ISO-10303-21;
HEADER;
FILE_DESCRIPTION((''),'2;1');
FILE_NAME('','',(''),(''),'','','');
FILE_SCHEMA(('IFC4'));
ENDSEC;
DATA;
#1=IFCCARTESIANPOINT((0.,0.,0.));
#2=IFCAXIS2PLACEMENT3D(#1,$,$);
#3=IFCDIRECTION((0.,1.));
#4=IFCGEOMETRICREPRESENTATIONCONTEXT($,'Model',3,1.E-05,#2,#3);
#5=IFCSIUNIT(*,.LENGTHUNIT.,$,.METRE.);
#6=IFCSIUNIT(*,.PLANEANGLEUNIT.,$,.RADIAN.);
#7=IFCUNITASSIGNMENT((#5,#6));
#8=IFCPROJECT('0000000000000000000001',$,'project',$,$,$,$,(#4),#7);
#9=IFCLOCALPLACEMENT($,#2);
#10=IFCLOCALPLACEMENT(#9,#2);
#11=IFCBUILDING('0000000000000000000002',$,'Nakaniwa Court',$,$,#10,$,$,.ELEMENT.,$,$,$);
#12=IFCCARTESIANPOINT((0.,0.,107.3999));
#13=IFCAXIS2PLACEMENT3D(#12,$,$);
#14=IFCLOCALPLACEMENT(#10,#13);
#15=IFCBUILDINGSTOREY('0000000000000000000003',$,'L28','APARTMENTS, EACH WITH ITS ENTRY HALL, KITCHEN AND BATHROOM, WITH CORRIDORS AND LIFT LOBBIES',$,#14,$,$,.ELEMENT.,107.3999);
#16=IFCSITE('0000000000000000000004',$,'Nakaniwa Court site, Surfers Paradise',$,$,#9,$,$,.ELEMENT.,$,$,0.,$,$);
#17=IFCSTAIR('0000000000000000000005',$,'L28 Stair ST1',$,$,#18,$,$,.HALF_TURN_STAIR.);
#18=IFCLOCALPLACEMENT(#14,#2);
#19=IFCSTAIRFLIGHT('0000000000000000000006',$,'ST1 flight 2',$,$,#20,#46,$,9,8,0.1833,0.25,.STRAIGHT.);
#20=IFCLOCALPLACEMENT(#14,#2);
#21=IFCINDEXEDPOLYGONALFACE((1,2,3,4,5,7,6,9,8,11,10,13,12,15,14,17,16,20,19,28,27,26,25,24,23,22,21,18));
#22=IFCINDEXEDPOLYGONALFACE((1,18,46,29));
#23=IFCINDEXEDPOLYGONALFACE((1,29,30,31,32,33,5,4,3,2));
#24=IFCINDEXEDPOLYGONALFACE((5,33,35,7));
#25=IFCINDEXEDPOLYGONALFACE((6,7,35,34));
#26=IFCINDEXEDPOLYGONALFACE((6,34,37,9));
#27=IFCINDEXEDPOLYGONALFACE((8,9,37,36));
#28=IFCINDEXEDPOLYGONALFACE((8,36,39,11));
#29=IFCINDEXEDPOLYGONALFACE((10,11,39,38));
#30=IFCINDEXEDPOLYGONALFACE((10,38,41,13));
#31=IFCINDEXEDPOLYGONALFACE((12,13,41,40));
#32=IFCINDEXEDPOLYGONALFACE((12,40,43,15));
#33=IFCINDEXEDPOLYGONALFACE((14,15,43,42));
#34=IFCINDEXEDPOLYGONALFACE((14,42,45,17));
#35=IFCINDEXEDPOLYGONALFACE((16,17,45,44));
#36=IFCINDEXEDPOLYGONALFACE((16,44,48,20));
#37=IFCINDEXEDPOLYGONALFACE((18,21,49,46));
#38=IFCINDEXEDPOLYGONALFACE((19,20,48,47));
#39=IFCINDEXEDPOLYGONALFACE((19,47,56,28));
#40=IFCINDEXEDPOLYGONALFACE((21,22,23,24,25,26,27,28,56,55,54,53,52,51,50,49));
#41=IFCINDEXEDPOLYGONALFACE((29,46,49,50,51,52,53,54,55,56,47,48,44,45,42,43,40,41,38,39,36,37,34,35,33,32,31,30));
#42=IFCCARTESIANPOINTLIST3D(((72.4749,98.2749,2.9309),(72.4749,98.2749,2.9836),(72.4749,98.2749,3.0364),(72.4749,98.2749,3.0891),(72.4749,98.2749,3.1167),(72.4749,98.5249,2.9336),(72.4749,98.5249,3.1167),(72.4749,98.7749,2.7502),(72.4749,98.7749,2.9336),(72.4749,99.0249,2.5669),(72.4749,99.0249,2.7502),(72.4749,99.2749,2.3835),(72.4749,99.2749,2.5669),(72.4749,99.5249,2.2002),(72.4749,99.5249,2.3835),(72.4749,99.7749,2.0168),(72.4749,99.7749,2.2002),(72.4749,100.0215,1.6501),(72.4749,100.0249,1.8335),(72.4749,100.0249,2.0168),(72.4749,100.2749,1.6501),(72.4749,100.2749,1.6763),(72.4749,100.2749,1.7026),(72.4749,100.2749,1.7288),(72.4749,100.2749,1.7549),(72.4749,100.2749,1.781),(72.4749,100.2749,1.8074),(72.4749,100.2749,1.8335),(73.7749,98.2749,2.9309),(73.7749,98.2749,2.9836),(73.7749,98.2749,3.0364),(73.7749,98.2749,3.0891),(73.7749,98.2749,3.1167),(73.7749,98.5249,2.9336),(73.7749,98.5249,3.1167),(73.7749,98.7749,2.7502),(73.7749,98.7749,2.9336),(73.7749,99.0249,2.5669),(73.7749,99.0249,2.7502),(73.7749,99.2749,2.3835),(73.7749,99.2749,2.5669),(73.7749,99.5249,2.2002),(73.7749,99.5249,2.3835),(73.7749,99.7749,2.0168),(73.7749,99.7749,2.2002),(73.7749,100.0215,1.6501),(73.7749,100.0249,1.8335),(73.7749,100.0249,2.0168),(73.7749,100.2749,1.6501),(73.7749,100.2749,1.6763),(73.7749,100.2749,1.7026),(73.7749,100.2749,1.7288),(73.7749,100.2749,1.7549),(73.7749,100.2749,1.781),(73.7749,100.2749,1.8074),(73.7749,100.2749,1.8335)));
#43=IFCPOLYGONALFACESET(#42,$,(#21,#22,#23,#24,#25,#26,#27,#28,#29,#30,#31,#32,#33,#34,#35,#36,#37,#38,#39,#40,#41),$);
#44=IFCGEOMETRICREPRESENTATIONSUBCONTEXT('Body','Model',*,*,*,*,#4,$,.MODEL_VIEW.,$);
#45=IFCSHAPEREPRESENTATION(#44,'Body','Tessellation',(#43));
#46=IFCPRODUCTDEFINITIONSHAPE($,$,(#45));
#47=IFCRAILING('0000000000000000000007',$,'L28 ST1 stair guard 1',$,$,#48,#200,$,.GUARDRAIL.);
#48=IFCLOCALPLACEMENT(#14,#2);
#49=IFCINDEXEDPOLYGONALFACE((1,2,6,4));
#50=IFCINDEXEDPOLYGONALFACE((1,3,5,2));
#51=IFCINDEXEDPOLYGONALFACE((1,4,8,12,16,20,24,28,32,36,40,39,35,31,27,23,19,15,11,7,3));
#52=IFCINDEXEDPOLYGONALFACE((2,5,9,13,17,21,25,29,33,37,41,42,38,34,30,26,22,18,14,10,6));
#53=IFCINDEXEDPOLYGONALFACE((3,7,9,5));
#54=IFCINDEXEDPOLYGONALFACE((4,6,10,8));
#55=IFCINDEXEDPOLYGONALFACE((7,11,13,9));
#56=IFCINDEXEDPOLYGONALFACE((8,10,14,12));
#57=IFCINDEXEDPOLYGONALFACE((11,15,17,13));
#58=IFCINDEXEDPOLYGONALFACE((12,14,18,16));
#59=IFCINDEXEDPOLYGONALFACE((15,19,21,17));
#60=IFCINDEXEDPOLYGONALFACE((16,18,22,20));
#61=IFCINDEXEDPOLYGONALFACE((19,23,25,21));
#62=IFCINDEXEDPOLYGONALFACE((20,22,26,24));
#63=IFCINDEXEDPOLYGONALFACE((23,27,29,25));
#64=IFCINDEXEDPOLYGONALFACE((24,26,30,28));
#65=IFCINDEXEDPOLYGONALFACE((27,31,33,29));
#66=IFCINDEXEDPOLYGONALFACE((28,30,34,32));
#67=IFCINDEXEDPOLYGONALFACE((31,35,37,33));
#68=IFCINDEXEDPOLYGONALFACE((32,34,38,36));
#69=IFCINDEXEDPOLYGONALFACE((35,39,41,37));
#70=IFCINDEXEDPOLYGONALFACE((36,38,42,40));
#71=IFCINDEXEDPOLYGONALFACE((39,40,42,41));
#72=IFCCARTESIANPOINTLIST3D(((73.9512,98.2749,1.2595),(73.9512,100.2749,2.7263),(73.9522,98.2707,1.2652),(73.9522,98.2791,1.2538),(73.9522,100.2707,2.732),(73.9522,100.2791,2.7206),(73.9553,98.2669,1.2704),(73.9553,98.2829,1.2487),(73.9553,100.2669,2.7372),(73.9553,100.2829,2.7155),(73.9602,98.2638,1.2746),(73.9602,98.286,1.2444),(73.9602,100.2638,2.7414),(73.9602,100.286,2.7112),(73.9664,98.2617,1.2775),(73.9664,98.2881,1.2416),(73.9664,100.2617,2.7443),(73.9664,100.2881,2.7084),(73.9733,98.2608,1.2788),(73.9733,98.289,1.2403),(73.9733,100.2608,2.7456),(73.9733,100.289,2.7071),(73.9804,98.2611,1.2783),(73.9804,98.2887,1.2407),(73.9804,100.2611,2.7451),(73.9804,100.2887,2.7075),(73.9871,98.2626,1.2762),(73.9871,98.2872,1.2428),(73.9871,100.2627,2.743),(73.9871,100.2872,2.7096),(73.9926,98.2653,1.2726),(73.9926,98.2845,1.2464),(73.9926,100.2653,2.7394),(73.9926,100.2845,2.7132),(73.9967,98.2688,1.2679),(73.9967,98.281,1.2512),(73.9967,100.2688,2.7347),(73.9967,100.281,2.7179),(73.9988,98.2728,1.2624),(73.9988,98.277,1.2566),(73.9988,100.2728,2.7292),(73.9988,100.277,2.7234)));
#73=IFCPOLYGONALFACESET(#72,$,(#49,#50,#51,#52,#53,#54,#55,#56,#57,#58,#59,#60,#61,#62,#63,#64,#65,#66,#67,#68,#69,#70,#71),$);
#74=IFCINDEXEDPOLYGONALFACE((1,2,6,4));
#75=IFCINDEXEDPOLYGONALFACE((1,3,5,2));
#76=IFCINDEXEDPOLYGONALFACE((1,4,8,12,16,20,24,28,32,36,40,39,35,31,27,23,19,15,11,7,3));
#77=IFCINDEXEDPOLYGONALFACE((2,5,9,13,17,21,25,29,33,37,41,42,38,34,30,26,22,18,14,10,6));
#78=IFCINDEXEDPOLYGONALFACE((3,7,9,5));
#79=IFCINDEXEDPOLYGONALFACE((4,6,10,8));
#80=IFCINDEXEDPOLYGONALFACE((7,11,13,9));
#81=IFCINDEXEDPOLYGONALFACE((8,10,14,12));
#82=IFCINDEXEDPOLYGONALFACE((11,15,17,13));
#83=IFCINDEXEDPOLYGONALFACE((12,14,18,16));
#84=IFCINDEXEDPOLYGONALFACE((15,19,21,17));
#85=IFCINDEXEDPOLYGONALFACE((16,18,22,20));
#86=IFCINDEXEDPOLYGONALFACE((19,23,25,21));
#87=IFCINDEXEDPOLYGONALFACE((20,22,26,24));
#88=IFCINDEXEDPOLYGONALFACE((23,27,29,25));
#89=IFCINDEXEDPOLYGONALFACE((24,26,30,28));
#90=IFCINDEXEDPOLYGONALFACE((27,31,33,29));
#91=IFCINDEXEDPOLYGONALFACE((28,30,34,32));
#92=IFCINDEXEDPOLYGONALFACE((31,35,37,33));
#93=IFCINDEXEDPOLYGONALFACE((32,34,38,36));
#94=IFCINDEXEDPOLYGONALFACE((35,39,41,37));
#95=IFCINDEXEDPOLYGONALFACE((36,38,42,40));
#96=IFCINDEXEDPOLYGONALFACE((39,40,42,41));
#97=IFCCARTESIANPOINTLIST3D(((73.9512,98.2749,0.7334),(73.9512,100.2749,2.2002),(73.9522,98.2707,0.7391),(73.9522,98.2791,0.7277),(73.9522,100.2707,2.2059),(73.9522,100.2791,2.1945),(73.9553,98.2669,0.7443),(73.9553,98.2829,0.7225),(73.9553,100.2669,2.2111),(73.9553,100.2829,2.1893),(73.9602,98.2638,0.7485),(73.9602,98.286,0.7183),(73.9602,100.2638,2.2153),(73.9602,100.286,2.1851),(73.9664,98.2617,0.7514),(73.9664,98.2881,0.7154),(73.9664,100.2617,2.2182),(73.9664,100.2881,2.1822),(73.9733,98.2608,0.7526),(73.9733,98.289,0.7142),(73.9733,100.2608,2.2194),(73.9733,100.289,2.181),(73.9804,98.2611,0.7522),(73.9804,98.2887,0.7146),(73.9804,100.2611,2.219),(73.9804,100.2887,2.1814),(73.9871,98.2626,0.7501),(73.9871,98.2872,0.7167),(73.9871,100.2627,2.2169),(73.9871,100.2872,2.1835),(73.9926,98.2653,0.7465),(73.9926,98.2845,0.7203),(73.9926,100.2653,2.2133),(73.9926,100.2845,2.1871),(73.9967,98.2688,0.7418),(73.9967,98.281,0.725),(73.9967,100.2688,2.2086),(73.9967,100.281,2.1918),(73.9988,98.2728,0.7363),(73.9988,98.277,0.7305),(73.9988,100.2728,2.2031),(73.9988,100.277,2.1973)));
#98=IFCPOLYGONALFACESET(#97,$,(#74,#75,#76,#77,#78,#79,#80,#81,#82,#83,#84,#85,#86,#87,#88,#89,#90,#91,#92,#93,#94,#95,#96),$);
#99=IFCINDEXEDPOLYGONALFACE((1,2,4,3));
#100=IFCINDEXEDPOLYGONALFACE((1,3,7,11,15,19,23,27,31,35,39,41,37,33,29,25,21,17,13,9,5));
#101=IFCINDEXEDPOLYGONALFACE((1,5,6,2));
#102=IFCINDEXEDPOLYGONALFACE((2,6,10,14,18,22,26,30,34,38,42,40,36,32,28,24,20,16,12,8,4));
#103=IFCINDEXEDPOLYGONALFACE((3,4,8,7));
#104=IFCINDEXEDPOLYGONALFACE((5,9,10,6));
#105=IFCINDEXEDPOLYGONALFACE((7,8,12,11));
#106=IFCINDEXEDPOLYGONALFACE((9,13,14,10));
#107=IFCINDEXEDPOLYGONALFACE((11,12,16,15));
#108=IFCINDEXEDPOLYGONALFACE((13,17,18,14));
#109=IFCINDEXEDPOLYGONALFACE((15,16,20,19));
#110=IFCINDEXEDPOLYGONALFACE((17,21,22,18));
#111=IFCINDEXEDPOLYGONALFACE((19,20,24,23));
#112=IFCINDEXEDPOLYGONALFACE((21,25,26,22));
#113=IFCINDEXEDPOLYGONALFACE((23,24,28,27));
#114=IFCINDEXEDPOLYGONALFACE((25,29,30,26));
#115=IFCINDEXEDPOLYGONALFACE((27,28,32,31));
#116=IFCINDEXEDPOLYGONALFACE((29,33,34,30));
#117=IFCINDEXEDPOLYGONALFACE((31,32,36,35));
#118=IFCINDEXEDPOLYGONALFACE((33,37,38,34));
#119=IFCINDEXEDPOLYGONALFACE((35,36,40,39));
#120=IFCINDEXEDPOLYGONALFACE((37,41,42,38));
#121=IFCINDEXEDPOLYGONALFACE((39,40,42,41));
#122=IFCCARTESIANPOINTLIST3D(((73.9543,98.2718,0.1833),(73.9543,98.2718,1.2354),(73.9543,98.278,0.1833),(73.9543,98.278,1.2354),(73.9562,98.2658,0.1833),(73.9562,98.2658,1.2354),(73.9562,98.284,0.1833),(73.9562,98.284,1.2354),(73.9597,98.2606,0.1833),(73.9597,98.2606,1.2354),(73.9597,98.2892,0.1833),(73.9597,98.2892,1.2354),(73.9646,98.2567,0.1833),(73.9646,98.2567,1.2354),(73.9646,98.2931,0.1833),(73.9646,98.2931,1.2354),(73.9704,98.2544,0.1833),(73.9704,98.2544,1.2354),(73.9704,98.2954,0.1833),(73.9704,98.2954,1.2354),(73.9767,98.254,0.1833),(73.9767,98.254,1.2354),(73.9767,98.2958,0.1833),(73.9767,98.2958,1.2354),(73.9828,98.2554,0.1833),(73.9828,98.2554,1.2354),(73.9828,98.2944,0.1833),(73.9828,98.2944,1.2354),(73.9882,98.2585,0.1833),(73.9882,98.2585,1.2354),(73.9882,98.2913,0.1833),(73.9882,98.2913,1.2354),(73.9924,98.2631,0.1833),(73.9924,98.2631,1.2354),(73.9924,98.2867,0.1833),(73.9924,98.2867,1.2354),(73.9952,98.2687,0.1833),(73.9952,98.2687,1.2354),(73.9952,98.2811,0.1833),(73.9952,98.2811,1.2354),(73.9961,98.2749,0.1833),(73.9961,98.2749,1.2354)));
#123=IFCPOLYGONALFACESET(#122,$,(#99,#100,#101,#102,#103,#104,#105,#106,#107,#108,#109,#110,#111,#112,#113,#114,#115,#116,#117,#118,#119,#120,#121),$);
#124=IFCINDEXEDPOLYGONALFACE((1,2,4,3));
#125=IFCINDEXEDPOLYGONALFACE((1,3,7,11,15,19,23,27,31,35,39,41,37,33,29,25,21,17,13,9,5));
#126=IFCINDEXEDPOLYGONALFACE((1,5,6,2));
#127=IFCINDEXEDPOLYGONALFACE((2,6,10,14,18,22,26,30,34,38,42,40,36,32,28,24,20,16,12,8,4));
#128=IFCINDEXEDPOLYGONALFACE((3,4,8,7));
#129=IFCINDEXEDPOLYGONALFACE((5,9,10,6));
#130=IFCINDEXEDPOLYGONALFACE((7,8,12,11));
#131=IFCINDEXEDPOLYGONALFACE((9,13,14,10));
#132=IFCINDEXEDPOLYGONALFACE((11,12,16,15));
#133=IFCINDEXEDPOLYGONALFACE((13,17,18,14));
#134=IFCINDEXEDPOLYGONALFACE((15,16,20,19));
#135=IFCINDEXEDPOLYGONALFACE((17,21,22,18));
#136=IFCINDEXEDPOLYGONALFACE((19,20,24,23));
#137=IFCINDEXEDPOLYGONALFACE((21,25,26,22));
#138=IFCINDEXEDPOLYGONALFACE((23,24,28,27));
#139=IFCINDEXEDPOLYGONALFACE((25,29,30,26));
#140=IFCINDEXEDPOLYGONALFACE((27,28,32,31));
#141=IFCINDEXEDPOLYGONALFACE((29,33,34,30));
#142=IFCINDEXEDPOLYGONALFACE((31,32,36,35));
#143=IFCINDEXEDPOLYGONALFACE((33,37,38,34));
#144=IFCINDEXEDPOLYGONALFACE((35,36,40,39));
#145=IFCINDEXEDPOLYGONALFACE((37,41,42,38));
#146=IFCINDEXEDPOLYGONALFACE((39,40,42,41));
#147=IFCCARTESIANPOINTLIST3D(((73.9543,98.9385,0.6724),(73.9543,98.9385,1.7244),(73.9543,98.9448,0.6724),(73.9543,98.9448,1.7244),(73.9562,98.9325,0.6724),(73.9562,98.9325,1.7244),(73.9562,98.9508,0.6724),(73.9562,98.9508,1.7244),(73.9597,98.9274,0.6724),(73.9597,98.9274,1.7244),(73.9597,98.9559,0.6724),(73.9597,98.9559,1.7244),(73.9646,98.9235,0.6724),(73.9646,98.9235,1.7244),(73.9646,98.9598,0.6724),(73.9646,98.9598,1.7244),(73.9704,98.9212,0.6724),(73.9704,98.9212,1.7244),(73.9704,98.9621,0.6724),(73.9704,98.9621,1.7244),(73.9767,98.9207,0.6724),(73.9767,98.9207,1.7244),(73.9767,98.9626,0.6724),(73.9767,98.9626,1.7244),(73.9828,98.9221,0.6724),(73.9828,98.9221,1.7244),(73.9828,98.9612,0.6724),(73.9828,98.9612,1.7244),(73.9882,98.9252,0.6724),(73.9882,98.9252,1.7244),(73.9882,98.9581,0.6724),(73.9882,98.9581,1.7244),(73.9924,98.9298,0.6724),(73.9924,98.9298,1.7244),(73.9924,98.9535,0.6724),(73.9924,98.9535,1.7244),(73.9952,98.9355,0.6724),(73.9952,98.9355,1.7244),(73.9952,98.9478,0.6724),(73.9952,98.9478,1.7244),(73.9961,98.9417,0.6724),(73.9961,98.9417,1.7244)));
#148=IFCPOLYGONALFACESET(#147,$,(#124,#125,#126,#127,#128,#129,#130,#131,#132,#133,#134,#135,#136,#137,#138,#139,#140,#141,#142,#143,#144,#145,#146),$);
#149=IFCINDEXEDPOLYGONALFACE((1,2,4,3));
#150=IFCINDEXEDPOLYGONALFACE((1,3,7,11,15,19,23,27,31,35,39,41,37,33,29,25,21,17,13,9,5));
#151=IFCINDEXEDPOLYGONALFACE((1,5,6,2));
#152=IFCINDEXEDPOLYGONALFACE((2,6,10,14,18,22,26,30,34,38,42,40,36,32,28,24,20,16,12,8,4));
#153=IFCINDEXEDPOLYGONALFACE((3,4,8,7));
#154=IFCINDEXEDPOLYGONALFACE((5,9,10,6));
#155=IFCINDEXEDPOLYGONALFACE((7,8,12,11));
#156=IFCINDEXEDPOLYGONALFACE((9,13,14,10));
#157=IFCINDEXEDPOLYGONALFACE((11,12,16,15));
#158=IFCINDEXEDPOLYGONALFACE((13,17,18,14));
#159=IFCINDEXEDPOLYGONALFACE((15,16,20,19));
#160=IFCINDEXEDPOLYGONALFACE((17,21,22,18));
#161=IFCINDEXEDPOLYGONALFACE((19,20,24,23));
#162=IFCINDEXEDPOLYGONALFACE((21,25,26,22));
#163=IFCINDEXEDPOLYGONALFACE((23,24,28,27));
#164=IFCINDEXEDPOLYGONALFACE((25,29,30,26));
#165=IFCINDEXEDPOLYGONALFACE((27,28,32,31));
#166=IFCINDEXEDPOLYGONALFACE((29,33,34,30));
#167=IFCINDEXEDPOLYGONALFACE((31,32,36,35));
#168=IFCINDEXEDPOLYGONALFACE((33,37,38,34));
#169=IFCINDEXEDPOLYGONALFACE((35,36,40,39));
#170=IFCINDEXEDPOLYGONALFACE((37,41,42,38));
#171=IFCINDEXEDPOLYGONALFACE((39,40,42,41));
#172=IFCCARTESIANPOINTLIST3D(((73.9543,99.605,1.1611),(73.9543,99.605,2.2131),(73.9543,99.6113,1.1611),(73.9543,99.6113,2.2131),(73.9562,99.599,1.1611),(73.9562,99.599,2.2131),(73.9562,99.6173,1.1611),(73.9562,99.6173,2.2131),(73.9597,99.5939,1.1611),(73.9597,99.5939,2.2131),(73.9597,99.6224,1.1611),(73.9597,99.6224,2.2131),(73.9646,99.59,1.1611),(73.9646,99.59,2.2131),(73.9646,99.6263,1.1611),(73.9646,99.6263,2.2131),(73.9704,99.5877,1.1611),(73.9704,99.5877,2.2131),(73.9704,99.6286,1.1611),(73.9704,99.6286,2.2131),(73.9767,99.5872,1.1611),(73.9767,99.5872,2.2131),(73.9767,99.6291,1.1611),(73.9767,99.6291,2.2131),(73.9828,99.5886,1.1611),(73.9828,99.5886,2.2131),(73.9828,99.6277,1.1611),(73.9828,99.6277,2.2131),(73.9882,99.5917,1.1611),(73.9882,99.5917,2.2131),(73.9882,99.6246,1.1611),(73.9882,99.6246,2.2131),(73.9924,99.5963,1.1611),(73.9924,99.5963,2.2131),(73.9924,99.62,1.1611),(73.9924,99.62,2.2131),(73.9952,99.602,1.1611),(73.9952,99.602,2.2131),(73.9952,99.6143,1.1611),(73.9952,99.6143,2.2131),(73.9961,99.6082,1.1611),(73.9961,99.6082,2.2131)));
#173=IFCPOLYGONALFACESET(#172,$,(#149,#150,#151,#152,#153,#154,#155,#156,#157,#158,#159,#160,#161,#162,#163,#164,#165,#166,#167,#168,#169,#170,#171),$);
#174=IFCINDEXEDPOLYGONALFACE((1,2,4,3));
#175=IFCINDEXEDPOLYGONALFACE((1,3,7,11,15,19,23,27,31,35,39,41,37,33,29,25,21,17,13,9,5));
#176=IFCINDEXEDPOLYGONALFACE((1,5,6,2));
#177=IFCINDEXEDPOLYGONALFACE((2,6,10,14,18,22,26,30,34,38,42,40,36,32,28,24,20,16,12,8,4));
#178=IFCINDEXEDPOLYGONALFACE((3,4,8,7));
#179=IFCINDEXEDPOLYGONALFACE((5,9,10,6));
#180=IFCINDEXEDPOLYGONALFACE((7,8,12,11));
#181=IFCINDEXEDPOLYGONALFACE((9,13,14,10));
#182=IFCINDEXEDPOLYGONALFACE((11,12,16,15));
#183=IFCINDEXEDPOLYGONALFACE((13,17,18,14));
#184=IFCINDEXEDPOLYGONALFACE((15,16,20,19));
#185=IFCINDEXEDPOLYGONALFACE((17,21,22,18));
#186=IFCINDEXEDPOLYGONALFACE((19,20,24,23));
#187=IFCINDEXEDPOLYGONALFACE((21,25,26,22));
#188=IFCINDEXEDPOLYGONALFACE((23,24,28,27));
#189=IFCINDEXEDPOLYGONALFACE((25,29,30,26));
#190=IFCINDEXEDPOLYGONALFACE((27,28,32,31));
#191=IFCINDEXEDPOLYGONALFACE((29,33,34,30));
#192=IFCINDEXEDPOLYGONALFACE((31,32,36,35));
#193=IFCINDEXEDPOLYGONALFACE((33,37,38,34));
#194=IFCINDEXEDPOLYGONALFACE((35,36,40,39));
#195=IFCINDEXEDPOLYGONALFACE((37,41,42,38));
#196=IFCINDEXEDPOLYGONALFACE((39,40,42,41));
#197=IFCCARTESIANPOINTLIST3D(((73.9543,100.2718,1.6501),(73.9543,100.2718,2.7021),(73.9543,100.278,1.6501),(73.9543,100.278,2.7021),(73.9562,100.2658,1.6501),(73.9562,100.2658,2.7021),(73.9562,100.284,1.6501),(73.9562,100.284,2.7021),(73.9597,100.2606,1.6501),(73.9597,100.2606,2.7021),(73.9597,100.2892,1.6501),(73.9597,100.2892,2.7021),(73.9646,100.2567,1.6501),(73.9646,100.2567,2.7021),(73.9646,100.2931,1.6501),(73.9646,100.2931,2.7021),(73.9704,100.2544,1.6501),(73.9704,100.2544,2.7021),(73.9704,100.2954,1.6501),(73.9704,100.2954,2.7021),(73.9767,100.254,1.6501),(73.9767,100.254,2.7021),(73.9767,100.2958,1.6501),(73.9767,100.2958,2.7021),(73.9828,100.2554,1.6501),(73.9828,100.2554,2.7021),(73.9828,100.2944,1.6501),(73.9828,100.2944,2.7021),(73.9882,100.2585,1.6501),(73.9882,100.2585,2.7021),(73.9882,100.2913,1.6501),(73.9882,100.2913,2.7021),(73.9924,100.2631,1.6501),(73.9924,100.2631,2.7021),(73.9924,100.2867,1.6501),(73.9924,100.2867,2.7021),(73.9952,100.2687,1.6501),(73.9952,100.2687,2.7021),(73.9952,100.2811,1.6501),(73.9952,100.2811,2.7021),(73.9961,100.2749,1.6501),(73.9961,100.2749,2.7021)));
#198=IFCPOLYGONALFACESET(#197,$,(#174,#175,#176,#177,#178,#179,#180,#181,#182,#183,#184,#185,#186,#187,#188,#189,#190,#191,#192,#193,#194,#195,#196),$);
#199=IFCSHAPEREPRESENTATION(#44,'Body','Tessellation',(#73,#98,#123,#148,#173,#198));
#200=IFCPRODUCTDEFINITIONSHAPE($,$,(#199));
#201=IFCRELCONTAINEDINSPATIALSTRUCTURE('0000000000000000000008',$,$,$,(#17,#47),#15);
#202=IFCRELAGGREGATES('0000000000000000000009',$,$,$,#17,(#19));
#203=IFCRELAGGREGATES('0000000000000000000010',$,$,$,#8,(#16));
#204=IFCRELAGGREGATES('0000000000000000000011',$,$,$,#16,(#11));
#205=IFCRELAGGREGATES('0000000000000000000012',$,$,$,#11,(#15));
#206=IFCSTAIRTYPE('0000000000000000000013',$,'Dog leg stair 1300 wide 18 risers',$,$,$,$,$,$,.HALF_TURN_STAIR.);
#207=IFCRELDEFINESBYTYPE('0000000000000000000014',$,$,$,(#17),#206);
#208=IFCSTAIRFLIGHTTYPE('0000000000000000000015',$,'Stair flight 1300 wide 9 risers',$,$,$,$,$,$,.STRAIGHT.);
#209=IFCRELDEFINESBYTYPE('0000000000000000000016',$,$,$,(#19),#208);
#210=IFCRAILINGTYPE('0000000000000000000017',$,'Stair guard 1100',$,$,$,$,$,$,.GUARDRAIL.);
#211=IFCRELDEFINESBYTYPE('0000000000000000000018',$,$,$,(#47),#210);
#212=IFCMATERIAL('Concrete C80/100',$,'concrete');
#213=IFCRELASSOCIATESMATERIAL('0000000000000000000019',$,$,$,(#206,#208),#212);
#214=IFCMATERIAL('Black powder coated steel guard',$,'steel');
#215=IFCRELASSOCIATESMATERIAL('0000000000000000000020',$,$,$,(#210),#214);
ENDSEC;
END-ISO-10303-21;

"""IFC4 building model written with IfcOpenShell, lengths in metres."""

from ifc_helpers import new_model, si_unit, direction, frame, origin, origin_2d, place, context, subcontext, project, spatial, polyline, circle, outline, extrude, material, type_object, element, aggregate, save


model = new_model("IFC4")

# Units and contexts
model_context = context("Model", 3, precision=1e-05, world=origin(), true_north=direction((0.0, 1.0)))
body_context = subcontext(model_context, "Body", "Model", "MODEL_VIEW")
ifc_project = project(units=[si_unit("LENGTHUNIT", "METRE"), si_unit("PLANEANGLEUNIT", "RADIAN")], contexts=[model_context])

# Site, building, storey
site_placement = place(None, origin())
site = spatial("IfcSite", under=ifc_project, at=site_placement, Name="Nakaniwa Court site, Surfers Paradise", CompositionType="ELEMENT", RefElevation=0.0)
building_placement = place(site_placement, origin())
building = spatial("IfcBuilding", under=site, at=building_placement, Name="Nakaniwa Court", CompositionType="ELEMENT")
storey_placement = place(building_placement, frame((0.0, 0.0, 107.3999)))
storey = spatial("IfcBuildingStorey", under=building, at=storey_placement, Name="L28", Description="APARTMENTS, EACH WITH ITS ENTRY HALL, KITCHEN AND BATHROOM, WITH CORRIDORS AND LIFT LOBBIES", CompositionType="ELEMENT", Elevation=107.3999)

# Shared definitions
ifc_material_1 = material(Name="Concrete C80/100", Category="concrete")

# Stair, stair flight
stair_type = type_object("IfcStairType", Name="Dog leg stair 1300 wide 18 risers", PredefinedType="HALF_TURN_STAIR", material=ifc_material_1)
stair_placement = place(storey_placement, origin())
stair = element("IfcStair", 1, at=stair_placement, inside=storey, type_object=stair_type, Name="L28 Stair ST1", PredefinedType="HALF_TURN_STAIR")
stair_flight_type = type_object("IfcStairFlightType", Name="Stair flight 1300 wide 9 risers", PredefinedType="STRAIGHT", material=ifc_material_1)
stair_flight_1_placement = place(storey_placement, frame((73.125, 100.2749, 1.6501), z_axis=(0.0, 0.0, 1.0), x_axis=(0.0, -1.0, 0.0)))
stair_flight_1 = element("IfcStairFlight", 2, at=stair_flight_1_placement, type_object=stair_flight_type, Name="ST1 flight 2", NumberOfRisers=9, NumberOfTreads=8, PredefinedType="STRAIGHT", RiserHeight=0.1833, TreadLength=0.25, context=body_context, shape_type="SweptSolid", body=[
    extrude(outline(polyline([(0.0, 0.0), (0.0, 0.0261), (0.0, 0.0525), (0.0, 0.0786), (0.0, 0.1047), (0.0, 0.1309), (0.0, 0.1572), (0.0, 0.1833), (0.25, 0.1833), (0.25, 0.3667), (0.5, 0.3667), (0.5, 0.55), (0.75, 0.55), (0.75, 0.7334), (1.0, 0.7334), (1.0, 0.9167), (1.25, 0.9167), (1.25, 1.1001), (1.5, 1.1001), (1.5, 1.2834), (1.75, 1.2834), (1.75, 1.4666), (2.0, 1.4666), (2.0, 1.6499), (2.0, 1.5972), (2.0, 1.5444), (2.0, 1.4917), (2.0, 1.439), (2.0, 1.3862), (2.0, 1.3335), (2.0, 1.2808), (0.2534, 0.0), (0.0, 0.0)])), frame((0.0, 0.6499, 0.0), z_axis=(0.0, -1.0, 0.0), x_axis=(1.0, 0.0, 0.0)), (0.0, 0.0, 1.0), 1.3),
])
aggregate(stair, [stair_flight_1])

# Railing
ifc_material_2 = material(Name="Black powder coated steel guard", Category="steel")
railing_type_1 = type_object("IfcRailingType", Name="Stair guard 1100", PredefinedType="GUARDRAIL", material=ifc_material_2)
railing_1_placement = place(storey_placement, frame((73.9751, 98.2749, 0.1833)))
element("IfcRailing", 3, at=railing_1_placement, inside=storey, type_object=railing_type_1, Name="L28 ST1 stair guard 1", PredefinedType="GUARDRAIL", context=body_context, shape_type="SweptSolid", body=[
    extrude(circle(Radius=0.0239, at=origin_2d()), frame((0.0, 0.0, 1.0762), z_axis=(0.0, 0.80638, 0.591398), x_axis=(-1.0, 0.0, 0.0)), (0.0, 0.0, 1.0), 2.4802),
    extrude(circle(Radius=0.0239, at=origin_2d()), frame((0.0, 0.0, 0.55), z_axis=(0.0, 0.80638, 0.591398), x_axis=(-1.0, 0.0, 0.0)), (0.0, 0.0, 1.0), 2.4802),
    extrude(circle(Radius=0.021, at=origin_2d()), origin(), (0.0, 0.0, 1.0), 1.052),
    extrude(circle(Radius=0.021, at=origin_2d()), frame((0.0, 0.6667, 0.489)), (0.0, 0.0, 1.0), 1.052),
    extrude(circle(Radius=0.021, at=origin_2d()), frame((0.0, 1.3333, 0.9778)), (0.0, 0.0, 1.0), 1.052),
    extrude(circle(Radius=0.021, at=origin_2d()), frame((0.0, 2.0, 1.4668)), (0.0, 0.0, 1.0), 1.052),
])

save(model, "model.ifc")
